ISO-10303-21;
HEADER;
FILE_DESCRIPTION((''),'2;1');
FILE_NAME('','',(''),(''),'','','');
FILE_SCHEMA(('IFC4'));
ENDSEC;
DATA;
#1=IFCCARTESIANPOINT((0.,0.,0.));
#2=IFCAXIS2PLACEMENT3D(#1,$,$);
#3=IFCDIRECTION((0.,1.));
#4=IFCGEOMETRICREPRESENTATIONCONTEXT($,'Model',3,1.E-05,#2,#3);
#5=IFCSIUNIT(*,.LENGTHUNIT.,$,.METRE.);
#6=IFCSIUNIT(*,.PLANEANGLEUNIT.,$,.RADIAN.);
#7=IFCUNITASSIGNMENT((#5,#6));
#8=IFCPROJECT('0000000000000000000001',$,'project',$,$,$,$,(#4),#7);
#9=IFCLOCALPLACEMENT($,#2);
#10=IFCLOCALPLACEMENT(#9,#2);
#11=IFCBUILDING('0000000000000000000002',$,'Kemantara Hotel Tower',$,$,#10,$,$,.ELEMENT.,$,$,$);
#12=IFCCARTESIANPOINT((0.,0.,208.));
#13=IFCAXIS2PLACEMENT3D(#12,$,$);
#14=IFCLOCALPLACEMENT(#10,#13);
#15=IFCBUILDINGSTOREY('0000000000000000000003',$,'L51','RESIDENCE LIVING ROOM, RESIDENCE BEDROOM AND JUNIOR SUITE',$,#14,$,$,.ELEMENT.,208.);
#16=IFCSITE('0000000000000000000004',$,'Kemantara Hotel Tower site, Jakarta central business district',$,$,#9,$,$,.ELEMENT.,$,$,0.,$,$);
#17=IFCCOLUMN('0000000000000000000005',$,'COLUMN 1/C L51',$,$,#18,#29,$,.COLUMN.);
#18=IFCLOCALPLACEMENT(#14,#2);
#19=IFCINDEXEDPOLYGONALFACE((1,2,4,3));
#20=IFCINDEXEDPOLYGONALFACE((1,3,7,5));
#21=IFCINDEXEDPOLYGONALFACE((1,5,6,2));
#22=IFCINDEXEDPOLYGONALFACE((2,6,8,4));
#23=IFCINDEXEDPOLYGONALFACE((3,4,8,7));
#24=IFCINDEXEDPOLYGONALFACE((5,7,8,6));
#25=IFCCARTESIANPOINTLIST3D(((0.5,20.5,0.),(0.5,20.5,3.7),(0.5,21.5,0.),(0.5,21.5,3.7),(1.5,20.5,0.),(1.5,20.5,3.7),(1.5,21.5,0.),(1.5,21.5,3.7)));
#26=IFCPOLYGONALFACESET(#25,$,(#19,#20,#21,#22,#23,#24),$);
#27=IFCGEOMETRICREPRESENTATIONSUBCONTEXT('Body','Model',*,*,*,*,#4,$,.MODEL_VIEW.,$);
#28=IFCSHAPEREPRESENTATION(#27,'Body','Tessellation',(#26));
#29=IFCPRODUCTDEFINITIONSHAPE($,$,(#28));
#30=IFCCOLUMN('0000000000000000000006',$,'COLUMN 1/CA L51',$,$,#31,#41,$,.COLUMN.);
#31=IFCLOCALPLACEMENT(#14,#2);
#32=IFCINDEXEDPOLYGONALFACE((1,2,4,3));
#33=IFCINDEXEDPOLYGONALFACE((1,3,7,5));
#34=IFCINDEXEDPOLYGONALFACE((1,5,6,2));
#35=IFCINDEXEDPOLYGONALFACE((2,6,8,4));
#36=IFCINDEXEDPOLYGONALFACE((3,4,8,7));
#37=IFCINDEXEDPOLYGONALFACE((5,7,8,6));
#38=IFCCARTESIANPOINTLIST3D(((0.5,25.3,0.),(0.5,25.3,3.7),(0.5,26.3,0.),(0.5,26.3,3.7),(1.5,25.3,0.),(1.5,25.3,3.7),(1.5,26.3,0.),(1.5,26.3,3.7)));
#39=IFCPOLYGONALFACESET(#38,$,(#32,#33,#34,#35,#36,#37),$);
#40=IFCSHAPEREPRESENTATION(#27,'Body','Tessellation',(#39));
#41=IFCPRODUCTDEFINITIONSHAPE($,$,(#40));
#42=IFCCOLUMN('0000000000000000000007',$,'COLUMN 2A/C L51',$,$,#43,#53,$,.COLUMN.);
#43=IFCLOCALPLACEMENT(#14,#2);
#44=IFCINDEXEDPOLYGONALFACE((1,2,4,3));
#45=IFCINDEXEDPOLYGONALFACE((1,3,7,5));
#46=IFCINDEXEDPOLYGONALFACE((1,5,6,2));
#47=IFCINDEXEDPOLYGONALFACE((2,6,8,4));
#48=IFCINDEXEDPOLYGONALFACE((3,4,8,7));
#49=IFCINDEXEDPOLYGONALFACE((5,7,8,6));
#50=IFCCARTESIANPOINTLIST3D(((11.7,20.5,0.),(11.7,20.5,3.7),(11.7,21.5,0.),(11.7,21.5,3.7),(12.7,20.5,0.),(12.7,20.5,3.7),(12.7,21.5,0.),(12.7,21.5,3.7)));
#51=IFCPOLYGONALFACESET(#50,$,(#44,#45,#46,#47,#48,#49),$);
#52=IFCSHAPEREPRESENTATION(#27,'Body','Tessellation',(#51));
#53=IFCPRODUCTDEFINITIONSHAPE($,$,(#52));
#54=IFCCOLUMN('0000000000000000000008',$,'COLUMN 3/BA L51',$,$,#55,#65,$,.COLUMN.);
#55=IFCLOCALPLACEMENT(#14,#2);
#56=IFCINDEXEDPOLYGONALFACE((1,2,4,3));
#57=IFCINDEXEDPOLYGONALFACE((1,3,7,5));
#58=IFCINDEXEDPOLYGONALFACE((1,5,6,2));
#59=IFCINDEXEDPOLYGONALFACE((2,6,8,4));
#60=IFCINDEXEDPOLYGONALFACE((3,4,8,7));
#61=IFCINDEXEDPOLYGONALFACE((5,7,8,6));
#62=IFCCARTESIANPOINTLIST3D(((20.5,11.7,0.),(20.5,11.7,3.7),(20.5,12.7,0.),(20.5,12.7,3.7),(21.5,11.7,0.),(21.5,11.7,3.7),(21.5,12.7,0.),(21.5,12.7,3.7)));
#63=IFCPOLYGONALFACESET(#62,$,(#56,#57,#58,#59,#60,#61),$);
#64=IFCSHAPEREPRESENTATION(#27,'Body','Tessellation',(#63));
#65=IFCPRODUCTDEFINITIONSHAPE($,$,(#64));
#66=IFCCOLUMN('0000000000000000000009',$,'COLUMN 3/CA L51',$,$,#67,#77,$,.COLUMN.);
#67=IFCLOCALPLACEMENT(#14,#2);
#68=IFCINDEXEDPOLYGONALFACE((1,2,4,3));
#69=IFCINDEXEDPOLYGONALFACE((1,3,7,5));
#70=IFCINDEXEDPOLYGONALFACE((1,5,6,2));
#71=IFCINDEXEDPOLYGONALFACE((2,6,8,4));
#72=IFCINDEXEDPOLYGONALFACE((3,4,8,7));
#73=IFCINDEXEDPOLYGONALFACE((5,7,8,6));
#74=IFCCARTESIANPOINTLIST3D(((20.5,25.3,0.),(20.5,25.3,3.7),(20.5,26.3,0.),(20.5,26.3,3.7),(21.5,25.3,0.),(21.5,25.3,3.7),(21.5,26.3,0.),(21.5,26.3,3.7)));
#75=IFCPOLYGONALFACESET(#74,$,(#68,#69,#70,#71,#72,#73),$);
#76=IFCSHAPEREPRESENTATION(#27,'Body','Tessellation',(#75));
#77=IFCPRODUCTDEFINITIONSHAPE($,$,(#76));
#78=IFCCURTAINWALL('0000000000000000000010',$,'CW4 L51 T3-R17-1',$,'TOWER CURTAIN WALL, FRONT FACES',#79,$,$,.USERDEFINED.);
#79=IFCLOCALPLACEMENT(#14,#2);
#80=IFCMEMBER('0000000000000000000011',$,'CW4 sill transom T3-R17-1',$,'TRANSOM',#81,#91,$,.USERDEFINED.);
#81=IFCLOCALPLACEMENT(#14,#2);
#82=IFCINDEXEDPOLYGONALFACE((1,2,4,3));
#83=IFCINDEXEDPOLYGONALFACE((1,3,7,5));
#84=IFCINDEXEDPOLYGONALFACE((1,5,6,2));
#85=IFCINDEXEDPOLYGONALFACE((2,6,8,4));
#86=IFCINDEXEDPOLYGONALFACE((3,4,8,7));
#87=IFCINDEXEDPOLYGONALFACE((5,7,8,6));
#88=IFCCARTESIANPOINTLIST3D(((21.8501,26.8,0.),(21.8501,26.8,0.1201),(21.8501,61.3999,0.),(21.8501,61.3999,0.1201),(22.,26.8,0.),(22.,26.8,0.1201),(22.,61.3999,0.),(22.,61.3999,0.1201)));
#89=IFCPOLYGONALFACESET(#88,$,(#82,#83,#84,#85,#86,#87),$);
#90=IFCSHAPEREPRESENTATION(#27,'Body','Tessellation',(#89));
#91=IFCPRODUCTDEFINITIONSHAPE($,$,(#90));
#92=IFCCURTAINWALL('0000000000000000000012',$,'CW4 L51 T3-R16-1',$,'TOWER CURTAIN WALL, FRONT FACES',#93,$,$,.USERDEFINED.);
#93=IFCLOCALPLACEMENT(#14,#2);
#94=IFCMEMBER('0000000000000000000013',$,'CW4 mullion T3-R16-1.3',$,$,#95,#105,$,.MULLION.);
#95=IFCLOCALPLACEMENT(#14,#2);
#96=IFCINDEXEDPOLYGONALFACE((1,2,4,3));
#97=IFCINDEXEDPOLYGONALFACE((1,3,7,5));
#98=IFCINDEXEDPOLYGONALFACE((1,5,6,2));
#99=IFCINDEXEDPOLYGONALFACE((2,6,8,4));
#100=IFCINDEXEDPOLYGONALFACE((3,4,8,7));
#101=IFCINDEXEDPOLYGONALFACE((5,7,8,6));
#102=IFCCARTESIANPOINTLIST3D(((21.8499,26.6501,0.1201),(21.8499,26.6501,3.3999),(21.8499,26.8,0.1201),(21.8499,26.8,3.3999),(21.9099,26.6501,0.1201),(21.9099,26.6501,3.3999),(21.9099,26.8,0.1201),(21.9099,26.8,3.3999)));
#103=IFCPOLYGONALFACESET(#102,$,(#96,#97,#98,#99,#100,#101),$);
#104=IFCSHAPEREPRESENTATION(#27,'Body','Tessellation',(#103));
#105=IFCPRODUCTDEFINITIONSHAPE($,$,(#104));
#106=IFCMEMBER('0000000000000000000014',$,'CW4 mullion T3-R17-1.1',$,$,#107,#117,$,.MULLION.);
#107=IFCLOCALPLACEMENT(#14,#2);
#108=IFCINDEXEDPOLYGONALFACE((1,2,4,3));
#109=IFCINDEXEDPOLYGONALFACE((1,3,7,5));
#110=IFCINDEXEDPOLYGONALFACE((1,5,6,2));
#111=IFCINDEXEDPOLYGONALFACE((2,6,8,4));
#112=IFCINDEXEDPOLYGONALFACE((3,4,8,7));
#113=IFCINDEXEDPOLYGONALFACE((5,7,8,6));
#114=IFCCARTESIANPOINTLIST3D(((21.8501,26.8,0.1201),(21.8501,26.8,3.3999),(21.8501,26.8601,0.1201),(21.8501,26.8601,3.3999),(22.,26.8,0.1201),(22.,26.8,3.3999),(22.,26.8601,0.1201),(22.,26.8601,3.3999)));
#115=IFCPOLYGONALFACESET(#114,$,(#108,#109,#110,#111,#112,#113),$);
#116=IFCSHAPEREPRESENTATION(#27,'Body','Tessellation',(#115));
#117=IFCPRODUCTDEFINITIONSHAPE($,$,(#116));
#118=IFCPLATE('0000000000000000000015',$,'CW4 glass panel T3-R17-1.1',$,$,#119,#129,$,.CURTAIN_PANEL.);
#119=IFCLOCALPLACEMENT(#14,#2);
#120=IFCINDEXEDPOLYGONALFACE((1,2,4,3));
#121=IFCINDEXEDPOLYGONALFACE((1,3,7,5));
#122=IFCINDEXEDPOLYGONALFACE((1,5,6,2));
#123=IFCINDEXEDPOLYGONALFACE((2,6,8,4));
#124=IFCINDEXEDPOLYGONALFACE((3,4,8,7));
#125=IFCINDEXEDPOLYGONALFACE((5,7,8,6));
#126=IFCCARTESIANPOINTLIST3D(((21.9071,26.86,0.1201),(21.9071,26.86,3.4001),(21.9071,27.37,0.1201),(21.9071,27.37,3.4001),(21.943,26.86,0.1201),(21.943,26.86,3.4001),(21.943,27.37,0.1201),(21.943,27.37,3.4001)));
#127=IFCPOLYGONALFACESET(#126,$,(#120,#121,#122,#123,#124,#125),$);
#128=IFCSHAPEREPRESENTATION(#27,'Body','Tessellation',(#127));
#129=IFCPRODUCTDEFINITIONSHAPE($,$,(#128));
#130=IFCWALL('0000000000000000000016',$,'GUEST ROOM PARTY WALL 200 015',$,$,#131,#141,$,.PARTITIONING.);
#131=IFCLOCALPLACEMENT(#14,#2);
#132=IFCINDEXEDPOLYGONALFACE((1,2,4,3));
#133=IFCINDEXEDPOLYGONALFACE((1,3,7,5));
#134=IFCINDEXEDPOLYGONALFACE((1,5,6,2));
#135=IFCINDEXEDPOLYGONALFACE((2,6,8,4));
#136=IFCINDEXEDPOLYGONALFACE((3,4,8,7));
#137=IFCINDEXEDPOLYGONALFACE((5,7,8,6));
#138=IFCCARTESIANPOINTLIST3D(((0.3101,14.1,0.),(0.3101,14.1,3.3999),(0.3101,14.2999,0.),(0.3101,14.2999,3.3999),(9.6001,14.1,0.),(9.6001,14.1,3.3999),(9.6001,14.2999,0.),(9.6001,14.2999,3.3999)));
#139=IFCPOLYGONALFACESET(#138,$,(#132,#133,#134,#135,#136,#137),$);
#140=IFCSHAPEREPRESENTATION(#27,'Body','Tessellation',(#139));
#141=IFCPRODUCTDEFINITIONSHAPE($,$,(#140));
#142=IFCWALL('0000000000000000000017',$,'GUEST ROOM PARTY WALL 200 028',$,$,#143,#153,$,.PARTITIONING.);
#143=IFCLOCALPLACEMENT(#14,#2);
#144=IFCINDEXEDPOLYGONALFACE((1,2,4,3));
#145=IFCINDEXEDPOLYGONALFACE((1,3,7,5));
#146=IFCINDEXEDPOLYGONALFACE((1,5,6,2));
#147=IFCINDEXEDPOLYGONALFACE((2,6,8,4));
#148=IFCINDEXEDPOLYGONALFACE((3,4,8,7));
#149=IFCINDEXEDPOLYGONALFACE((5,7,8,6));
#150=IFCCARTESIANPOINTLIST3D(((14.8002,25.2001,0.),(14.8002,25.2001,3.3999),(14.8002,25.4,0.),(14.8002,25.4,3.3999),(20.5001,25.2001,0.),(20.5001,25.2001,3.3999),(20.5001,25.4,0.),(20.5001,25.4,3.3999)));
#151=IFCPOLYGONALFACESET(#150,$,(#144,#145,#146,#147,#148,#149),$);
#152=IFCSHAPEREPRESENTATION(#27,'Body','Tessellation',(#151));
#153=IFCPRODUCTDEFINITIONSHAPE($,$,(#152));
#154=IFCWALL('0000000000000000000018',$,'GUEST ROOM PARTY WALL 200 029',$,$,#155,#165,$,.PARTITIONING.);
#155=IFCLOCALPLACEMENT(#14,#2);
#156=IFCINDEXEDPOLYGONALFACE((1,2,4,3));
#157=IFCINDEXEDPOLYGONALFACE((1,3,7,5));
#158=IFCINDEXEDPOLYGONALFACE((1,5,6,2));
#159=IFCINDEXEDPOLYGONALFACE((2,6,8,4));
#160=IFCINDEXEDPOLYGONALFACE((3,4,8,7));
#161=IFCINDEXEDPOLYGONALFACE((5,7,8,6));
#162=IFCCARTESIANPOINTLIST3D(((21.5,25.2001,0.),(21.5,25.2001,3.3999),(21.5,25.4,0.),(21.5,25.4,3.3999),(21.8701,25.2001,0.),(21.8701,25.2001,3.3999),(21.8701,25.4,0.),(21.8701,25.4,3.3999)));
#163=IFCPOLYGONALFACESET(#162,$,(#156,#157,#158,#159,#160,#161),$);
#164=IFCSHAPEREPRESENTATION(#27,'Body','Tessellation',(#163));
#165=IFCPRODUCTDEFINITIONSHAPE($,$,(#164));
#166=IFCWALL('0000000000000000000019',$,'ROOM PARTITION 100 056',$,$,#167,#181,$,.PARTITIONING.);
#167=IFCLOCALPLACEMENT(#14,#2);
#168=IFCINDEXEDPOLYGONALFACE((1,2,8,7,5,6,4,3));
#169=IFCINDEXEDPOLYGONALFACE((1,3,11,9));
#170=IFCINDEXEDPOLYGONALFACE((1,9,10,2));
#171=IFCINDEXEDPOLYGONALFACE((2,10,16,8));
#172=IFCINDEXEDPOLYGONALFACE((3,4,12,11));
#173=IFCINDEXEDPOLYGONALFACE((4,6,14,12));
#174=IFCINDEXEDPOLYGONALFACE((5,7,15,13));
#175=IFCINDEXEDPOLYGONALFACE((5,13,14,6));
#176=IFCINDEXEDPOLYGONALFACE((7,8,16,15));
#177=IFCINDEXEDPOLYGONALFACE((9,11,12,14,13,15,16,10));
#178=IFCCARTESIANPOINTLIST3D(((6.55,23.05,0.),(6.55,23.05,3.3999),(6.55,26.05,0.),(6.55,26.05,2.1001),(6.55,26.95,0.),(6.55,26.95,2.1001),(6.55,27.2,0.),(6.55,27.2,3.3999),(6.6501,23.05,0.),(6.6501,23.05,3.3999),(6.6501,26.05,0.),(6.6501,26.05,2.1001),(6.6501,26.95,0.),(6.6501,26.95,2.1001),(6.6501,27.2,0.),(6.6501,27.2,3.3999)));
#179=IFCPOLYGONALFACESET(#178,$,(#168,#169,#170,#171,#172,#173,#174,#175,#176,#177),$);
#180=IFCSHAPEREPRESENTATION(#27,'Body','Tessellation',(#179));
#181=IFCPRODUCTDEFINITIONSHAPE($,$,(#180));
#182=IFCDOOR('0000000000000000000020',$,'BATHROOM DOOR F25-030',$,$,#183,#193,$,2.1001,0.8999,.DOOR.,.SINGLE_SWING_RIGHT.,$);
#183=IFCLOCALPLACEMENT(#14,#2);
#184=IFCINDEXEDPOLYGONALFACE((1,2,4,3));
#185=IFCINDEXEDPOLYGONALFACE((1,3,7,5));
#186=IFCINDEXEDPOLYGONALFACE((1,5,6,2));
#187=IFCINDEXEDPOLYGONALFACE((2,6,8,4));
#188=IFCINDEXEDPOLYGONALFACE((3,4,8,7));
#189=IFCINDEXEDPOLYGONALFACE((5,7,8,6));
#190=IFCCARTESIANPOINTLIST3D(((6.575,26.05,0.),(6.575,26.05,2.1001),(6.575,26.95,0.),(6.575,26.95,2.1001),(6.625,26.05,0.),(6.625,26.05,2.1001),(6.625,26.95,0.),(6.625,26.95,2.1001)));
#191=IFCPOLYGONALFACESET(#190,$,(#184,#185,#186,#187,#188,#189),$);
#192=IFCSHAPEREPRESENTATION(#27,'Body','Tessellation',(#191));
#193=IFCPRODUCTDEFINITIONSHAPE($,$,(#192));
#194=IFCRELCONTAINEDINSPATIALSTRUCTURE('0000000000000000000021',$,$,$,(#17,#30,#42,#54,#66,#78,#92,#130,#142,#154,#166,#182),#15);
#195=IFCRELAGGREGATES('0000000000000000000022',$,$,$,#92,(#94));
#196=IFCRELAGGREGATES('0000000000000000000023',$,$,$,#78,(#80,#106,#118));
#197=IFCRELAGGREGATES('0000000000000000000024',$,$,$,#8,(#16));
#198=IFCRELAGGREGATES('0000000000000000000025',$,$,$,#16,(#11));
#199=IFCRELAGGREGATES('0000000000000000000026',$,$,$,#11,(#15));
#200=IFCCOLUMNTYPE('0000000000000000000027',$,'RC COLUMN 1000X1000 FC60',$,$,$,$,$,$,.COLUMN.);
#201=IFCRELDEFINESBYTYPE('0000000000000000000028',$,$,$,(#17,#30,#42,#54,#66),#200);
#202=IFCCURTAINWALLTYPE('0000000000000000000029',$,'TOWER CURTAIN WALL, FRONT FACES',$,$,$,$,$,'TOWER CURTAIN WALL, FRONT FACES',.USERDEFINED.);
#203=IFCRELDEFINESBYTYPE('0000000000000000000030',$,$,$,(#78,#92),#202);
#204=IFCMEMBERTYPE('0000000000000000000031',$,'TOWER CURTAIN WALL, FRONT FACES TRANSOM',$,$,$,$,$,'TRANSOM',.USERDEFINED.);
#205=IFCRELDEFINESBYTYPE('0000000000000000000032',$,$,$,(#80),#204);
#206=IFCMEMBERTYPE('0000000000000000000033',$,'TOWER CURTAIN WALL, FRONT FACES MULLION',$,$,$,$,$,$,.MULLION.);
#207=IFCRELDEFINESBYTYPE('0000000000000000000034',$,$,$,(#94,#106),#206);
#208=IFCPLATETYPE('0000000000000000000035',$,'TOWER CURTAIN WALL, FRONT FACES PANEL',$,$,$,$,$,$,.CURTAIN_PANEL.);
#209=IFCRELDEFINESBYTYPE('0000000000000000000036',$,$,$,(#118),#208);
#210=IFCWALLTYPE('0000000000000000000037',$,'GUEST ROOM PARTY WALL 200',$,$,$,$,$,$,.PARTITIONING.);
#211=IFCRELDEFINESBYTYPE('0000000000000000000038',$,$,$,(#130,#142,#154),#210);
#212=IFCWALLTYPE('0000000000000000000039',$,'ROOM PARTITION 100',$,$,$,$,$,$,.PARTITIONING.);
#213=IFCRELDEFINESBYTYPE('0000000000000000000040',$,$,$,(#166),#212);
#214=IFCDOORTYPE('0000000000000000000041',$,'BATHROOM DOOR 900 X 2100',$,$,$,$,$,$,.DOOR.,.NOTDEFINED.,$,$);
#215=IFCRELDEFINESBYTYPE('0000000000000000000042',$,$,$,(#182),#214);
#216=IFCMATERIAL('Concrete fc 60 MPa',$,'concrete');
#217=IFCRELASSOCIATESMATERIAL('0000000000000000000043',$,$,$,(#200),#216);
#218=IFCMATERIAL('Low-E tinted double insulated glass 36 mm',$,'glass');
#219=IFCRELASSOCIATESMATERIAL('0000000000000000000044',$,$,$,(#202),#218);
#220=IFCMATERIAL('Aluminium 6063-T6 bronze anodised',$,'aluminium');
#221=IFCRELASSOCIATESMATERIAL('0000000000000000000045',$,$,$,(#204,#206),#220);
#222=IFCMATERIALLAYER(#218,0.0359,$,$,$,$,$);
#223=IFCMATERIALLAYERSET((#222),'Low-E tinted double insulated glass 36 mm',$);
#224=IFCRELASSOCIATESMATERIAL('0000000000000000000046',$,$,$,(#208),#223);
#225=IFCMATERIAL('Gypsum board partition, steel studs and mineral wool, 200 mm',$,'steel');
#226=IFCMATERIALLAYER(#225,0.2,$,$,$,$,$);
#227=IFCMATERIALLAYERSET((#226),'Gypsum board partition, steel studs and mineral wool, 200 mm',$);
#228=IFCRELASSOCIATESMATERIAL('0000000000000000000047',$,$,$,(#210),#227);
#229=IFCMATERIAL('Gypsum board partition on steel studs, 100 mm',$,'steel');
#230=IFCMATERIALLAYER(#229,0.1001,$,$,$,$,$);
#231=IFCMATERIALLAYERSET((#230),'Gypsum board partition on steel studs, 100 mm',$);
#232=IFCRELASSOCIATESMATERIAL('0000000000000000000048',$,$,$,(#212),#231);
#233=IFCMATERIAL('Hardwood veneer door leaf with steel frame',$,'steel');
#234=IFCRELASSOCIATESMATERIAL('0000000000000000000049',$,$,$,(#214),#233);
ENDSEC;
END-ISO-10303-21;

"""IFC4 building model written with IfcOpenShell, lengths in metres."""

from ifc_helpers import new_model, si_unit, direction, frame, frame_2d, origin, origin_2d, place, context, subcontext, project, spatial, rectangle, extrude, source, transform, mapped, material, layer, layer_set, material_profile, profile_set, type_object, element, fill, aggregate, save


model = new_model("IFC4")

# Units and contexts
model_context = context("Model", 3, precision=1e-05, world=origin(), true_north=direction((0.0, 1.0)))
body_context = subcontext(model_context, "Body", "Model", "MODEL_VIEW")
ifc_project = project(units=[si_unit("LENGTHUNIT", "METRE"), si_unit("PLANEANGLEUNIT", "RADIAN")], contexts=[model_context])

# Site, building, storey
site_placement = place(None, origin())
site = spatial("IfcSite", under=ifc_project, at=site_placement, Name="Kemantara Hotel Tower site, Jakarta central business district", CompositionType="ELEMENT", RefElevation=0.0)
building_placement = place(site_placement, origin())
building = spatial("IfcBuilding", under=site, at=building_placement, Name="Kemantara Hotel Tower", CompositionType="ELEMENT")
storey_placement = place(building_placement, frame((0.0, 0.0, 208.0)))
storey = spatial("IfcBuildingStorey", under=building, at=storey_placement, Name="L51", Description="RESIDENCE LIVING ROOM, RESIDENCE BEDROOM AND JUNIOR SUITE", CompositionType="ELEMENT", Elevation=208.0)

# Columns
ifc_material_1 = material(Name="Concrete fc 60 MPa", Category="concrete")
ifc_material_profile_1 = material_profile(ifc_material_1, rectangle(XDim=1.0, YDim=1.0, at=origin_2d()), Name="RC 1000X1000")
ifc_profile_set_1 = profile_set([ifc_material_profile_1], Name="Concrete fc 60 MPa")
column_type = type_object("IfcColumnType", Name="RC COLUMN 1000X1000 FC60", PredefinedType="COLUMN", material=ifc_profile_set_1)
for number, where, z_axis, x_axis, name in (
    (1, (1.0, 21.0, 0.0), (0.0, 0.0, 1.0), (1.0, 0.0, 0.0), "COLUMN 1/C L51"),
    (2, (1.0, 25.8, 0.0), (0.0, 0.0, 1.0), (1.0, 0.0, 0.0), "COLUMN 1/CA L51"),
    (3, (12.2, 21.0, 0.0), (0.0, 0.0, 1.0), (1.0, 0.0, 0.0), "COLUMN 2A/C L51"),
    (4, (21.0, 12.2, 0.0), (0.0, 0.0, 1.0), (1.0, 0.0, 0.0), "COLUMN 3/BA L51"),
    (5, (21.0, 25.8, 0.0), (0.0, 0.0, 1.0), (1.0, 0.0, 0.0), "COLUMN 3/CA L51"),
):
    element("IfcColumn", number, at=place(storey_placement, frame(where, z_axis=z_axis, x_axis=x_axis)), inside=storey, type_object=column_type, Name=name, PredefinedType="COLUMN", context=body_context, shape_type="SweptSolid", body=[
        extrude(rectangle(XDim=1.0, YDim=1.0, at=origin_2d()), origin(), (0.0, 0.0, 1.0), 3.7),
    ])

# Curtain walls, members
ifc_material_2 = material(Name="Low-E tinted double insulated glass 36 mm", Category="glass")
curtain_wall_type = type_object("IfcCurtainWallType", Name="TOWER CURTAIN WALL, FRONT FACES", ElementType="TOWER CURTAIN WALL, FRONT FACES", PredefinedType="USERDEFINED", material=ifc_material_2)
curtain_wall_1_placement = place(storey_placement, origin())
curtain_wall_1 = element("IfcCurtainWall", 6, at=curtain_wall_1_placement, inside=storey, type_object=curtain_wall_type, Name="CW4 L51 T3-R17-1", ObjectType="TOWER CURTAIN WALL, FRONT FACES", PredefinedType="USERDEFINED")
ifc_material_3 = material(Name="Aluminium 6063-T6 bronze anodised", Category="aluminium")
ifc_material_profile_2 = material_profile(ifc_material_3, rectangle(XDim=0.1499, YDim=0.1201, at=origin_2d()), Name="TOWER CURTAIN WALL, FRONT FACES TRANSOM")
ifc_profile_set_2 = profile_set([ifc_material_profile_2], Name="Aluminium 6063-T6 bronze anodised")
member_type_1 = type_object("IfcMemberType", Name="TOWER CURTAIN WALL, FRONT FACES TRANSOM", ElementType="TRANSOM", PredefinedType="USERDEFINED", material=ifc_profile_set_2)
member_1_placement = place(storey_placement, frame((21.925, 26.8, 0.0601), z_axis=(0.0, 1.0, 0.0), x_axis=(-1.0, 0.0, 0.0)))
member_1 = element("IfcMember", 7, at=member_1_placement, type_object=member_type_1, Name="CW4 sill transom T3-R17-1", ObjectType="TRANSOM", PredefinedType="USERDEFINED", context=body_context, shape_type="SweptSolid", body=[
    extrude(rectangle(XDim=0.1499, YDim=0.1201, at=origin_2d()), origin(), (0.0, 0.0, 1.0), 34.5999),
])
curtain_wall_2_placement = place(storey_placement, origin())
curtain_wall_2 = element("IfcCurtainWall", 8, at=curtain_wall_2_placement, inside=storey, type_object=curtain_wall_type, Name="CW4 L51 T3-R16-1", ObjectType="TOWER CURTAIN WALL, FRONT FACES", PredefinedType="USERDEFINED")
ifc_material_profile_3 = material_profile(ifc_material_3, rectangle(XDim=0.1499, YDim=0.0601, at=origin_2d()), Name="TOWER CURTAIN WALL, FRONT FACES MULLION")
ifc_profile_set_3 = profile_set([ifc_material_profile_3], Name="Aluminium 6063-T6 bronze anodised")
member_type_2 = type_object("IfcMemberType", Name="TOWER CURTAIN WALL, FRONT FACES MULLION", PredefinedType="MULLION", material=ifc_profile_set_3)
shared_shape_1 = source(origin(), body_context, "Body", "SweptSolid", [
    extrude(rectangle(XDim=0.1499, YDim=0.0601, at=origin_2d()), origin(), (0.0, 0.0, 1.0), 3.2798),
])
member_2_placement = place(storey_placement, frame((21.8799, 26.7251, 0.1201), z_axis=(0.0, 0.0, 1.0), x_axis=(0.0, -1.0, 0.0)))
member_2 = element("IfcMember", 9, at=member_2_placement, type_object=member_type_2, Name="CW4 mullion T3-R16-1.3", PredefinedType="MULLION", context=body_context, shape_type="MappedRepresentation", body=[
    mapped(shared_shape_1, transform((0.0, 0.0, 0.0))),
])
aggregate(curtain_wall_2, [member_2])

# Member
member_3_placement = place(storey_placement, frame((21.925, 26.8301, 0.1201), z_axis=(0.0, 0.0, 1.0), x_axis=(-1.0, 0.0, 0.0)))
member_3 = element("IfcMember", 10, at=member_3_placement, type_object=member_type_2, Name="CW4 mullion T3-R17-1.1", PredefinedType="MULLION", context=body_context, shape_type="MappedRepresentation", body=[
    mapped(shared_shape_1, transform((0.0, 0.0, 0.0))),
])

# Plate
ifc_layer_1 = layer(ifc_material_2, 0.0359)
ifc_layer_set_1 = layer_set([ifc_layer_1], Name="Low-E tinted double insulated glass 36 mm")
plate_type = type_object("IfcPlateType", Name="TOWER CURTAIN WALL, FRONT FACES PANEL", PredefinedType="CURTAIN_PANEL", material=ifc_layer_set_1)
shared_shape_2 = source(origin(), body_context, "Body", "SweptSolid", [
    extrude(rectangle(XDim=0.51, YDim=0.0359, at=origin_2d()), origin(), (0.0, 0.0, 1.0), 3.28),
])
plate_placement = place(storey_placement, frame((21.925, 27.115, 0.1201), z_axis=(0.0, 0.0, 1.0), x_axis=(0.0, 1.0, 0.0)))
plate = element("IfcPlate", 11, at=plate_placement, type_object=plate_type, Name="CW4 glass panel T3-R17-1.1", PredefinedType="CURTAIN_PANEL", context=body_context, shape_type="MappedRepresentation", body=[
    mapped(shared_shape_2, transform((0.0, 0.0, 0.0))),
])
aggregate(curtain_wall_1, [member_1, member_3, plate])

# Walls
ifc_material_4 = material(Name="Gypsum board partition, steel studs and mineral wool, 200 mm", Category="steel")
ifc_layer_2 = layer(ifc_material_4, 0.2)
ifc_layer_set_2 = layer_set([ifc_layer_2], Name="Gypsum board partition, steel studs and mineral wool, 200 mm")
wall_type_1 = type_object("IfcWallType", Name="GUEST ROOM PARTY WALL 200", PredefinedType="PARTITIONING", material=ifc_layer_set_2)
wall_1_placement = place(storey_placement, frame((0.3101, 14.2, 0.0), z_axis=(0.0, 0.0, 1.0), x_axis=(1.0, 0.0, 0.0)))
element("IfcWall", 12, at=wall_1_placement, inside=storey, type_object=wall_type_1, Name="GUEST ROOM PARTY WALL 200 015", PredefinedType="PARTITIONING", context=body_context, shape_type="SweptSolid", body=[
    extrude(rectangle(XDim=9.29, YDim=0.2, at=frame_2d((4.645, 0.0))), origin(), (0.0, 0.0, 1.0), 3.3999),
])
wall_2_placement = place(storey_placement, frame((14.8, 25.3, 0.0), z_axis=(0.0, 0.0, 1.0), x_axis=(1.0, 0.0, 0.0)))
element("IfcWall", 13, at=wall_2_placement, inside=storey, type_object=wall_type_1, Name="GUEST ROOM PARTY WALL 200 028", PredefinedType="PARTITIONING", context=body_context, shape_type="SweptSolid", body=[
    extrude(rectangle(XDim=5.7, YDim=0.2, at=frame_2d((2.8501, 0.0))), origin(), (0.0, 0.0, 1.0), 3.3999),
])
wall_3_placement = place(storey_placement, frame((21.5, 25.3, 0.0), z_axis=(0.0, 0.0, 1.0), x_axis=(1.0, 0.0, 0.0)))
element("IfcWall", 14, at=wall_3_placement, inside=storey, type_object=wall_type_1, Name="GUEST ROOM PARTY WALL 200 029", PredefinedType="PARTITIONING", context=body_context, shape_type="SweptSolid", body=[
    extrude(rectangle(XDim=0.3701, YDim=0.2, at=frame_2d((0.1851, 0.0))), origin(), (0.0, 0.0, 1.0), 3.3999),
])

# Wall, opening, door
ifc_material_5 = material(Name="Gypsum board partition on steel studs, 100 mm", Category="steel")
ifc_layer_3 = layer(ifc_material_5, 0.1001)
ifc_layer_set_3 = layer_set([ifc_layer_3], Name="Gypsum board partition on steel studs, 100 mm")
wall_type_2 = type_object("IfcWallType", Name="ROOM PARTITION 100", PredefinedType="PARTITIONING", material=ifc_layer_set_3)
wall_4_placement = place(storey_placement, frame((6.6001, 27.2, 0.0), z_axis=(0.0, 0.0, 1.0), x_axis=(0.0, -1.0, 0.0)))
wall_4 = element("IfcWall", 15, at=wall_4_placement, inside=storey, type_object=wall_type_2, Name="ROOM PARTITION 100 056", PredefinedType="PARTITIONING", context=body_context, shape_type="SweptSolid", body=[
    extrude(rectangle(XDim=4.1499, YDim=0.1001, at=frame_2d((2.075, 0.0))), origin(), (0.0, 0.0, 1.0), 3.3999),
])
opening_1_placement = place(wall_4_placement, frame((0.25, 0.0, 0.0)))
opening_1 = element("IfcOpeningElement", 16, at=opening_1_placement, cuts=wall_4, PredefinedType="OPENING", context=body_context, shape_type="SweptSolid", body=[
    extrude(rectangle(XDim=0.8999, YDim=2.1001, at=frame_2d((0.45, 1.05))), frame((0.0, 0.0601, 0.0), z_axis=(0.0, -1.0, 0.0), x_axis=(1.0, 0.0, 0.0)), (0.0, 0.0, 1.0), 0.1201),
])
ifc_material_6 = material(Name="Hardwood veneer door leaf with steel frame", Category="steel")
door_type_1 = type_object("IfcDoorType", Name="BATHROOM DOOR 900 X 2100", OperationType="NOTDEFINED", PredefinedType="DOOR", material=ifc_material_6)
door_1_placement = place(opening_1_placement, origin())
door_1 = element("IfcDoor", 17, at=door_1_placement, inside=storey, type_object=door_type_1, Name="BATHROOM DOOR F25-030", OperationType="SINGLE_SWING_RIGHT", OverallHeight=2.1001, OverallWidth=0.8999, PredefinedType="DOOR", context=body_context, shape_type="SweptSolid", body=[
    extrude(rectangle(XDim=0.8999, YDim=2.1001, at=frame_2d((0.45, 1.05))), frame((0.0, 0.0249, 0.0), z_axis=(0.0, -1.0, 0.0), x_axis=(1.0, 0.0, 0.0)), (0.0, 0.0, 1.0), 0.05),
])
fill(opening_1, door_1)

save(model, "model.ifc")
